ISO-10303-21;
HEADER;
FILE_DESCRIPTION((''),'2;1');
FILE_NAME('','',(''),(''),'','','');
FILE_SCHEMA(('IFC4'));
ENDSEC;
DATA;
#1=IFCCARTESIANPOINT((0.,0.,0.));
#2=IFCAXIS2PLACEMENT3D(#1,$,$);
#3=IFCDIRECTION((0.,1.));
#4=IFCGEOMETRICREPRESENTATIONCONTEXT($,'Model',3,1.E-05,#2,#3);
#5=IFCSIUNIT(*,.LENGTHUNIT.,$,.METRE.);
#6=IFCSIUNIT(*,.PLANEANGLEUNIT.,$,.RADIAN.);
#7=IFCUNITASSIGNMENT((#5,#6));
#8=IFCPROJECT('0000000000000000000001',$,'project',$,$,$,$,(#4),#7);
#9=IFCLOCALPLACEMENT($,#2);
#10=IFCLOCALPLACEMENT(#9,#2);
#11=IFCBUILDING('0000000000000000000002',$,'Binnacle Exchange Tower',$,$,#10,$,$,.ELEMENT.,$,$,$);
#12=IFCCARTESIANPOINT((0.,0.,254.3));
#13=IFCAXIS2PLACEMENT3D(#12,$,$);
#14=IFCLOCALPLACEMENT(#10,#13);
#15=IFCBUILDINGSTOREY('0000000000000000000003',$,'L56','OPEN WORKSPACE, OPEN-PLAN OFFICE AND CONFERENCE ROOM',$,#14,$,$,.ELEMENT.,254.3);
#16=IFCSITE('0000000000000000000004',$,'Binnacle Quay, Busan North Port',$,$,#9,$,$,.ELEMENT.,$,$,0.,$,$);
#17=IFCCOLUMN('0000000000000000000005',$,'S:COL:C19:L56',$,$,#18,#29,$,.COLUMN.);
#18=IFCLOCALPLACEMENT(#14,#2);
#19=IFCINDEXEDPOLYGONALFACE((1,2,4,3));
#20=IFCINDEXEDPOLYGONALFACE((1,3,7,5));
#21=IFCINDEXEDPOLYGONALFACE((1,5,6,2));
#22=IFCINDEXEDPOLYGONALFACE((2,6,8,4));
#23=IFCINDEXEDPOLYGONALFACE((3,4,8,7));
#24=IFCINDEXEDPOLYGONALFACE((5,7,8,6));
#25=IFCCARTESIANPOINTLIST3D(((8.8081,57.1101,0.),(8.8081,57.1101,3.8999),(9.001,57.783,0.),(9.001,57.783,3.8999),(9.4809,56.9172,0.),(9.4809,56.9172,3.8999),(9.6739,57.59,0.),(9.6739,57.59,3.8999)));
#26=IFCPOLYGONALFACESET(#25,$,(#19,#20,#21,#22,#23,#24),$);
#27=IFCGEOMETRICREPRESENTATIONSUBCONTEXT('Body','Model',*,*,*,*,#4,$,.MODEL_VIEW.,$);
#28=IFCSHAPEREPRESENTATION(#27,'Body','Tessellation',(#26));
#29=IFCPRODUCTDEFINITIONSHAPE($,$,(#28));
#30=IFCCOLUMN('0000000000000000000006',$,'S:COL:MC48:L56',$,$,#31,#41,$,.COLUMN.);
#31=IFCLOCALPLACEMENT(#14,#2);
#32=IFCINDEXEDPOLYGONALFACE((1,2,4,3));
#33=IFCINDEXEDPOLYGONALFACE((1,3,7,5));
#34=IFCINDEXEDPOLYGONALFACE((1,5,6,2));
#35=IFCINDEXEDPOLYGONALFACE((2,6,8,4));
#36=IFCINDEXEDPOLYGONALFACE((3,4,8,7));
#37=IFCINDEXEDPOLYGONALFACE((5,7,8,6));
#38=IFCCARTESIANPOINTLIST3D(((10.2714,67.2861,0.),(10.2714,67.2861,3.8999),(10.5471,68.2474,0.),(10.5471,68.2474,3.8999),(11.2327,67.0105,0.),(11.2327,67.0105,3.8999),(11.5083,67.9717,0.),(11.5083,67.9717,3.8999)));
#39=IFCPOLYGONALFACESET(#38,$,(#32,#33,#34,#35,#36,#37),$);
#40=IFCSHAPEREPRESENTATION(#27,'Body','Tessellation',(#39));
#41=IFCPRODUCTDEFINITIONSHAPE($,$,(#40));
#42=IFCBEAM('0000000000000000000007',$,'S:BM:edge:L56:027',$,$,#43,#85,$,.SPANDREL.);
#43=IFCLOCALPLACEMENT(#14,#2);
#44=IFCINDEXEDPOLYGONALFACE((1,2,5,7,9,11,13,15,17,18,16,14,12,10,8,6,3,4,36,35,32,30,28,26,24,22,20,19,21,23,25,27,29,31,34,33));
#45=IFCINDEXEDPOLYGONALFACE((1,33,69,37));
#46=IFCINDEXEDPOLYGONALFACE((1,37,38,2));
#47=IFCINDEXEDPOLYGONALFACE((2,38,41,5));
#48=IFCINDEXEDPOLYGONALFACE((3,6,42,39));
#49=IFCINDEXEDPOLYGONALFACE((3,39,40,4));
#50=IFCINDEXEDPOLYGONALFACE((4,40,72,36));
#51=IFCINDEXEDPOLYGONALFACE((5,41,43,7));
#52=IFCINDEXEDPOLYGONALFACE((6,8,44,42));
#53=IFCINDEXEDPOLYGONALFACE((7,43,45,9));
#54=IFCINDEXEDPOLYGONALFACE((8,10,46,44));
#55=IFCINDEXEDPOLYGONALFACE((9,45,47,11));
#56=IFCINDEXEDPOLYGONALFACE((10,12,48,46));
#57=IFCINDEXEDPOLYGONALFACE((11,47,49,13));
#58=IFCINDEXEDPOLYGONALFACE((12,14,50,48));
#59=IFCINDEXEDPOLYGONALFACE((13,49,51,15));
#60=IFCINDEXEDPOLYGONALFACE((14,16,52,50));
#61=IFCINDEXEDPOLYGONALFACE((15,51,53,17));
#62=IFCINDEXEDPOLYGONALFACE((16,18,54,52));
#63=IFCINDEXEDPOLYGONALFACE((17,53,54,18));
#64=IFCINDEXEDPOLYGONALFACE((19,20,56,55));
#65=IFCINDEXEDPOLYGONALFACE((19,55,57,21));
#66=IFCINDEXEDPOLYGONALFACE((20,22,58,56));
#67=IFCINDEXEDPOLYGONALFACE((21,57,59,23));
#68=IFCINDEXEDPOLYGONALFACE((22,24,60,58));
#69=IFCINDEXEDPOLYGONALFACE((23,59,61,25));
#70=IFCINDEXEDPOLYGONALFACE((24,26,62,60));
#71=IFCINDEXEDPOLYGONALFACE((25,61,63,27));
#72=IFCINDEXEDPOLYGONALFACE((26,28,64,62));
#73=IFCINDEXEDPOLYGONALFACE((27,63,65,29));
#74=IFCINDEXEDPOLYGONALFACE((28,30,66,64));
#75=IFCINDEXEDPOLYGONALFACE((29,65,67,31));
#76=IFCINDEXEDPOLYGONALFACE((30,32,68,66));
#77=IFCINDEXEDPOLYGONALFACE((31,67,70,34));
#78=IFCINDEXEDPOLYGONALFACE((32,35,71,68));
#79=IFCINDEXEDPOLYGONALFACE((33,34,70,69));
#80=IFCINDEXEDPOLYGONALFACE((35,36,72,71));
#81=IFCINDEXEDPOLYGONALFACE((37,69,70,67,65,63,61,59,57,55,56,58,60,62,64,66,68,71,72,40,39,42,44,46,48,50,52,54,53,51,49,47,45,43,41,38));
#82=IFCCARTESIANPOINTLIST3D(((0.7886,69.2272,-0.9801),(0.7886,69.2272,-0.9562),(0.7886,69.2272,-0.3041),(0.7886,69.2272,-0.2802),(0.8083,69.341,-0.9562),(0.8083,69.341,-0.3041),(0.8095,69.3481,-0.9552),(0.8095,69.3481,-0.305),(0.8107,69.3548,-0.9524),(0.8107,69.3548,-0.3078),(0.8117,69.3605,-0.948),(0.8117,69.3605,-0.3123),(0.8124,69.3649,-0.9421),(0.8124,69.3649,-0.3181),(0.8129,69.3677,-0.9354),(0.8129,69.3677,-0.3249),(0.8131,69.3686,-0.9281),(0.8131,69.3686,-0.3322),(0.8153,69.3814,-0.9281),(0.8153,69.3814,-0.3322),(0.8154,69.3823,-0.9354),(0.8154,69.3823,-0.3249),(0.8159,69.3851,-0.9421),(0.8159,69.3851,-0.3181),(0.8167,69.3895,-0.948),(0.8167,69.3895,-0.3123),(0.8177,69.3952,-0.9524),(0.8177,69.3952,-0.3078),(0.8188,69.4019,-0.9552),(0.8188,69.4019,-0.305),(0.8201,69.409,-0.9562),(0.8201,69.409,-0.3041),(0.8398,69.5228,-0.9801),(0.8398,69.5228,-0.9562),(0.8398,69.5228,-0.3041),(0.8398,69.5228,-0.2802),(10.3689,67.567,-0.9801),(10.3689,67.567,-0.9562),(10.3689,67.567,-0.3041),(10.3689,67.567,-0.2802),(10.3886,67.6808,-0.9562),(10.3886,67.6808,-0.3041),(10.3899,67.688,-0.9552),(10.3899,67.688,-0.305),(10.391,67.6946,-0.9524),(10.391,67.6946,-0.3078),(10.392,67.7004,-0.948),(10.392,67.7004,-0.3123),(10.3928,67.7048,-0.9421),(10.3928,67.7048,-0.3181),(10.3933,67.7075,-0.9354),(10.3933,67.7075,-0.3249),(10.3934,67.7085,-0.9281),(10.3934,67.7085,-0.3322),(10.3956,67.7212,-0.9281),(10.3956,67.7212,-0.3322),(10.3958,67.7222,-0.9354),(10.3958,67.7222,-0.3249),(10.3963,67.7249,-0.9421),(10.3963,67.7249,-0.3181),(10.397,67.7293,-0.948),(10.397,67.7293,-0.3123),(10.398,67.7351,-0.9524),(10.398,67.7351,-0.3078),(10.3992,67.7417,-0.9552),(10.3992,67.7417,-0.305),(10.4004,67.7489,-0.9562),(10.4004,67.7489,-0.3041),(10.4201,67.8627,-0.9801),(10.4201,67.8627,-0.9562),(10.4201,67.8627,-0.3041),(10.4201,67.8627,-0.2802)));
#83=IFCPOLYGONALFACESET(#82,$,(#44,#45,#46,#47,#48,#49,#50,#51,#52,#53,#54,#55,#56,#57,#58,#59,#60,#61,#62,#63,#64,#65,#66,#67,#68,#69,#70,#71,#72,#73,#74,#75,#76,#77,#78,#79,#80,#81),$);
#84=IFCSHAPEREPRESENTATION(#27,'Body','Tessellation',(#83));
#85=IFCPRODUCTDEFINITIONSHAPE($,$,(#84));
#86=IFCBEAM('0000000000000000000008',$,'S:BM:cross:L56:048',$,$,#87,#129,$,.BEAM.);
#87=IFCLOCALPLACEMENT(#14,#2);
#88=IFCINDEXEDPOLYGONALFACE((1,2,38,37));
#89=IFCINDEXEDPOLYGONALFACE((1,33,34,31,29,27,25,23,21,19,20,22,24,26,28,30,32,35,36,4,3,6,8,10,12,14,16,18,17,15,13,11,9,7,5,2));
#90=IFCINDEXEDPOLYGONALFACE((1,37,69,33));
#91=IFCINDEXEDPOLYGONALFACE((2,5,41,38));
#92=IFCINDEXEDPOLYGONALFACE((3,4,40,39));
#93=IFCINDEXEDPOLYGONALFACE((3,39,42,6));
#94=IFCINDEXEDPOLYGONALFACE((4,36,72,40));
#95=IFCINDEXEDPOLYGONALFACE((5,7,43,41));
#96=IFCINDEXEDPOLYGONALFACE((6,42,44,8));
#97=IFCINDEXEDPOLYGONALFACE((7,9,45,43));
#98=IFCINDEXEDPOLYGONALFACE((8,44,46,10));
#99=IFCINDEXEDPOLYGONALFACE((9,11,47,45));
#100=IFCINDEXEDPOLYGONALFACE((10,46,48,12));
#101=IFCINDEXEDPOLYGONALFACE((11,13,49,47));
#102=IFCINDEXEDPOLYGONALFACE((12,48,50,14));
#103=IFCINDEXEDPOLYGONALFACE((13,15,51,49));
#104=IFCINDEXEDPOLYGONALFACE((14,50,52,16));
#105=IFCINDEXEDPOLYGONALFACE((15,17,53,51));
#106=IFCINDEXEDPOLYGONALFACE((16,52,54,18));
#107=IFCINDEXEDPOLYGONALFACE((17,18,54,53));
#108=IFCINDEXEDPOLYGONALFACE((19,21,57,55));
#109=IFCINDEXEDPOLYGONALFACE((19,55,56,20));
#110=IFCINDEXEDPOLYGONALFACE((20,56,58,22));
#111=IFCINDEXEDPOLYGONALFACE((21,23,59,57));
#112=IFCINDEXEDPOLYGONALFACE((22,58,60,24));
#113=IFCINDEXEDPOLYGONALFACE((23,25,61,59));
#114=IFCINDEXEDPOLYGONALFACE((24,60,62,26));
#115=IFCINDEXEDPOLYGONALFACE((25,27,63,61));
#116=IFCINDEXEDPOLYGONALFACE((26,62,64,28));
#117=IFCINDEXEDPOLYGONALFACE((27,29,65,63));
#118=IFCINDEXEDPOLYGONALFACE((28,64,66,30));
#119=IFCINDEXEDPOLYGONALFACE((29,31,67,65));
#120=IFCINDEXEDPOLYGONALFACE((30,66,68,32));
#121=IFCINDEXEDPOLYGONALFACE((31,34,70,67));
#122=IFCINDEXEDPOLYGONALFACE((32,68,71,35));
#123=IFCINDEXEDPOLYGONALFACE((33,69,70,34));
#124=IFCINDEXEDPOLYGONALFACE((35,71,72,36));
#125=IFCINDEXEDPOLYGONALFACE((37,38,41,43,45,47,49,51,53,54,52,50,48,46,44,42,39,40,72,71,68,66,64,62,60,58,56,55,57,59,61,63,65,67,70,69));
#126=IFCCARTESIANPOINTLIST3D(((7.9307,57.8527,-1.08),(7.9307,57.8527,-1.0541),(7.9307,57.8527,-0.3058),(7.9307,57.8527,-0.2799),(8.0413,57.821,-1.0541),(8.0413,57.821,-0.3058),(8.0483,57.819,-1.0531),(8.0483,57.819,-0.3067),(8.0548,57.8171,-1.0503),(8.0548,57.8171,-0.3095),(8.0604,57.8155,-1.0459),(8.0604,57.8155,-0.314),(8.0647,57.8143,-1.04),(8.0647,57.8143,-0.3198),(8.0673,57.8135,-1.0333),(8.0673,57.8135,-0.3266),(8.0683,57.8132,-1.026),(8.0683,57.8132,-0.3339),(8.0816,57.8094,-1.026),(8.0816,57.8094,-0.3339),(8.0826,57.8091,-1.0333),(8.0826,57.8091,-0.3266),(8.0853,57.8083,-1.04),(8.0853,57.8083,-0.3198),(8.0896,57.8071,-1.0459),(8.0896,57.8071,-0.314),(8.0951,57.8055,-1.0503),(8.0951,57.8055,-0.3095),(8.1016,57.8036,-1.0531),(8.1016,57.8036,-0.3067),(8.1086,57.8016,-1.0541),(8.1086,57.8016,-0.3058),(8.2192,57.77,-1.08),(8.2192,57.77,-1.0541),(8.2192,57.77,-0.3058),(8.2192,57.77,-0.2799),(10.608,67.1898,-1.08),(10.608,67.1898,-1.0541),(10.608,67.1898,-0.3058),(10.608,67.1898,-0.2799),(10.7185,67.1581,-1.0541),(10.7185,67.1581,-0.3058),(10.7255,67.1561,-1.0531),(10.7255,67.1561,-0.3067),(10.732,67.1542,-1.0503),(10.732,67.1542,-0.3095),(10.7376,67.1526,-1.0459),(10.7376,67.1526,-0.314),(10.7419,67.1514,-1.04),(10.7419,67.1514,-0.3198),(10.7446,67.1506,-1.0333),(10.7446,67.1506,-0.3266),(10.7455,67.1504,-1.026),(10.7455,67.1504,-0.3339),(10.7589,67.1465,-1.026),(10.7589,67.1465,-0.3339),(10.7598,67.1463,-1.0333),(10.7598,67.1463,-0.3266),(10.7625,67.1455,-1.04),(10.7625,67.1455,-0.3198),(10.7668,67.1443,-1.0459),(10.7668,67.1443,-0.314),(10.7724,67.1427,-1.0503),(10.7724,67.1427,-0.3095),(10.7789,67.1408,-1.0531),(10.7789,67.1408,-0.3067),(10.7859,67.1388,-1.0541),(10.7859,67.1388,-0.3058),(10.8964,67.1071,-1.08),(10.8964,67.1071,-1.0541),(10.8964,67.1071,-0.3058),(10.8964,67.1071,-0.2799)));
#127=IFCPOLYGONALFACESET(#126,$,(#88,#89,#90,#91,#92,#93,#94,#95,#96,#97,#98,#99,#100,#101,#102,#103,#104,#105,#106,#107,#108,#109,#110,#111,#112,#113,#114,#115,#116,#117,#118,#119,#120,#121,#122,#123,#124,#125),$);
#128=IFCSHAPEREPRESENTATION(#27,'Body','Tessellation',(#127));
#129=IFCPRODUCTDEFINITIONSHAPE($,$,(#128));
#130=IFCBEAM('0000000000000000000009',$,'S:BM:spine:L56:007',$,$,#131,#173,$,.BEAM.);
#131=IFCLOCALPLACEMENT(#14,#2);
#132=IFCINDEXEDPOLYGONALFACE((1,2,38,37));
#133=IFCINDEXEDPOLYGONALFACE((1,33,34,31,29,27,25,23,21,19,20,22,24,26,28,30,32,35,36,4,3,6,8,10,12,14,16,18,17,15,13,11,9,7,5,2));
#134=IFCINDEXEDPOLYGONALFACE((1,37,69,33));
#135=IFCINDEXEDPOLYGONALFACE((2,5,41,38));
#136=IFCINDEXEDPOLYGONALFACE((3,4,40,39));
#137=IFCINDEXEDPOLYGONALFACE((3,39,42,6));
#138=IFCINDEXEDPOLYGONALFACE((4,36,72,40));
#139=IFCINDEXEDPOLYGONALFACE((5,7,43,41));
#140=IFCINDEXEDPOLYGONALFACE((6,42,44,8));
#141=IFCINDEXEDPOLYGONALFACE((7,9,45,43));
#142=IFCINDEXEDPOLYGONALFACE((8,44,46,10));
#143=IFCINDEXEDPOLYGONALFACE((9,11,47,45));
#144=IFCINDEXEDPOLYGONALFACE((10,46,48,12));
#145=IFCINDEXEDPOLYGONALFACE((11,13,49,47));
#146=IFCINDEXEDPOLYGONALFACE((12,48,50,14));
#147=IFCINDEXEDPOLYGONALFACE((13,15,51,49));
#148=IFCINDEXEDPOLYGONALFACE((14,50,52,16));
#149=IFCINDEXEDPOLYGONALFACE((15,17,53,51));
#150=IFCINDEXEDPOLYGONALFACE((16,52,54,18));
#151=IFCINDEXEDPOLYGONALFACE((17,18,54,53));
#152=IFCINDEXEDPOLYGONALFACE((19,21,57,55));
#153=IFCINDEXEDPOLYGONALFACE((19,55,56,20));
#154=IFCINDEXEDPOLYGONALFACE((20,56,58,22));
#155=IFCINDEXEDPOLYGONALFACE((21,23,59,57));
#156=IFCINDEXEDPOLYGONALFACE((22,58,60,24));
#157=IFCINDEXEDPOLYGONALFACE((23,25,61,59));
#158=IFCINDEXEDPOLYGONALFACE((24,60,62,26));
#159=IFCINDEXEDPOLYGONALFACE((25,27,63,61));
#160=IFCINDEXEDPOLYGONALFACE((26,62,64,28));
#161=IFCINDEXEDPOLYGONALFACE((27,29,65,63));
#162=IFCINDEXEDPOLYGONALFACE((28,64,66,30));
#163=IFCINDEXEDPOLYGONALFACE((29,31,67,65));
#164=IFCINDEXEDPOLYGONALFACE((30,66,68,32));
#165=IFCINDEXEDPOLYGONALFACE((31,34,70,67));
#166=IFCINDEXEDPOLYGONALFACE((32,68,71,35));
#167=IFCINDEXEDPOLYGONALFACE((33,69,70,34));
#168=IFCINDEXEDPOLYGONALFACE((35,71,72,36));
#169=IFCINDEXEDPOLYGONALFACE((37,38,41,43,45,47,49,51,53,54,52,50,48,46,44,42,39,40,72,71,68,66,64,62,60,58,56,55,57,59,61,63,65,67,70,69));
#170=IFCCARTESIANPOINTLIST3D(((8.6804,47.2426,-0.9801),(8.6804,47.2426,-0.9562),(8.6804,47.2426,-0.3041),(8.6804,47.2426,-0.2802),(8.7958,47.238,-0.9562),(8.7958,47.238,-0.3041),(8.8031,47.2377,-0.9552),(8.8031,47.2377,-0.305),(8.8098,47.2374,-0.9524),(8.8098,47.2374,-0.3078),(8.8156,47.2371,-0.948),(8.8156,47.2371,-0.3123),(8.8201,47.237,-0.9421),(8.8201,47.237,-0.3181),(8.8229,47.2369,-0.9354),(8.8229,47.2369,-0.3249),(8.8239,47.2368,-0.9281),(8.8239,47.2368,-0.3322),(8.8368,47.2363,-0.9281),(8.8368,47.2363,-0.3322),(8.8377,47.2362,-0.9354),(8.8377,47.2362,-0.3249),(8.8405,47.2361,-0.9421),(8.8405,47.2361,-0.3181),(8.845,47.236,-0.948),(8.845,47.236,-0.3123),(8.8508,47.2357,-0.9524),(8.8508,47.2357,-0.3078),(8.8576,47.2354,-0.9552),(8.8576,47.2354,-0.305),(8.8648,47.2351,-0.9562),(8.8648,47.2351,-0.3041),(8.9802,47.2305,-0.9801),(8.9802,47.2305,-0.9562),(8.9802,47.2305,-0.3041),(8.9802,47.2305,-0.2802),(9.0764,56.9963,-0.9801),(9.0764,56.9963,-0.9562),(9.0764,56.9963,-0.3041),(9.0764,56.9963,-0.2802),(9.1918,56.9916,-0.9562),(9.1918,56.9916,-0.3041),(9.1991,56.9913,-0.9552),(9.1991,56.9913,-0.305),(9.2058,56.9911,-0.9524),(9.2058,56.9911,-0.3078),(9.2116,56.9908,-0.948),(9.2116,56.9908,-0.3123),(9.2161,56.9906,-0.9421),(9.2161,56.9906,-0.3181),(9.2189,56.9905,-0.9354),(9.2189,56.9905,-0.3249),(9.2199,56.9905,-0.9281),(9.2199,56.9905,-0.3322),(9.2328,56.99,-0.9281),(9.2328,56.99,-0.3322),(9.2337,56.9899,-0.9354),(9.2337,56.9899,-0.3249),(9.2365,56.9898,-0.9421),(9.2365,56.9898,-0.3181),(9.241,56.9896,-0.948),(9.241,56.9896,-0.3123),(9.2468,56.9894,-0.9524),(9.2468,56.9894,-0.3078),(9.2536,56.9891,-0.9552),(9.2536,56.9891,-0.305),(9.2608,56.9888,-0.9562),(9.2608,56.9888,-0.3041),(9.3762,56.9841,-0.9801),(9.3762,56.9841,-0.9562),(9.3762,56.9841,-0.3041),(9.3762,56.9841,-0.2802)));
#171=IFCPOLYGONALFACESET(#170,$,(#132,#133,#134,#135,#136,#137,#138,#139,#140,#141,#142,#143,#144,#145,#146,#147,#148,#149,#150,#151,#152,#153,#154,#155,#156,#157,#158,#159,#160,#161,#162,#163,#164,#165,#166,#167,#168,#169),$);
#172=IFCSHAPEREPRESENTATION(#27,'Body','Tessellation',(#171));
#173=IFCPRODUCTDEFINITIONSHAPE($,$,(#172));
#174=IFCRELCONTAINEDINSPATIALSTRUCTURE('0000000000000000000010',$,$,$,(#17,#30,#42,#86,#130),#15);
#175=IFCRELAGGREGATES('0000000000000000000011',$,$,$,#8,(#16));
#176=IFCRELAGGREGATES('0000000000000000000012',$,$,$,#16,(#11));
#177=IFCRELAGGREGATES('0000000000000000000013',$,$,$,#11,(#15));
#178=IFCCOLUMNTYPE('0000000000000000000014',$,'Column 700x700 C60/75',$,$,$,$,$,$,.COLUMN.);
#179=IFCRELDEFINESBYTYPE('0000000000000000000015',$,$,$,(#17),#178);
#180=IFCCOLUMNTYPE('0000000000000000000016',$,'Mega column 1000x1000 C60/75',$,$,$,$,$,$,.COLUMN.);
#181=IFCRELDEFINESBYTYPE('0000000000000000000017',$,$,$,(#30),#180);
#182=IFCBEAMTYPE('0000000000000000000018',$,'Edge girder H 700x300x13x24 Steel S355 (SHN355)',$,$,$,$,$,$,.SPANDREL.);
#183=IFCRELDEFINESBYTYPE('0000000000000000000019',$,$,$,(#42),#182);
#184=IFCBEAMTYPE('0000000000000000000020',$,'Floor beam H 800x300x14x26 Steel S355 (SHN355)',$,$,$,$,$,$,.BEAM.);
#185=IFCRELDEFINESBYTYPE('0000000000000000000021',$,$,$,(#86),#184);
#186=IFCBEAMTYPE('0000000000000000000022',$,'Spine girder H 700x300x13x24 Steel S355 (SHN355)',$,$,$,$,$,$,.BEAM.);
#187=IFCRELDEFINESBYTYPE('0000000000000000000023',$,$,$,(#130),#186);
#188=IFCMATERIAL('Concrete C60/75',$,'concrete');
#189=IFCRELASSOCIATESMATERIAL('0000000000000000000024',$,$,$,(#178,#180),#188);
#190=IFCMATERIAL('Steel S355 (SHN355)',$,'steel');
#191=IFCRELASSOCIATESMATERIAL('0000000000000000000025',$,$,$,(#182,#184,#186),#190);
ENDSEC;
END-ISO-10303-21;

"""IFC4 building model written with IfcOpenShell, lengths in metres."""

from ifc_helpers import new_model, si_unit, direction, frame, origin, origin_2d, place, context, subcontext, project, spatial, rectangle, i_section, extrude, material, material_profile, profile_set, type_object, element, save


model = new_model("IFC4")

# Units and contexts
model_context = context("Model", 3, precision=1e-05, world=origin(), true_north=direction((0.0, 1.0)))
body_context = subcontext(model_context, "Body", "Model", "MODEL_VIEW")
ifc_project = project(units=[si_unit("LENGTHUNIT", "METRE"), si_unit("PLANEANGLEUNIT", "RADIAN")], contexts=[model_context])

# Site, building, storey
site_placement = place(None, origin())
site = spatial("IfcSite", under=ifc_project, at=site_placement, Name="Binnacle Quay, Busan North Port", CompositionType="ELEMENT", RefElevation=0.0)
building_placement = place(site_placement, origin())
building = spatial("IfcBuilding", under=site, at=building_placement, Name="Binnacle Exchange Tower", CompositionType="ELEMENT")
storey_placement = place(building_placement, frame((0.0, 0.0, 254.3)))
storey = spatial("IfcBuildingStorey", under=building, at=storey_placement, Name="L56", Description="OPEN WORKSPACE, OPEN-PLAN OFFICE AND CONFERENCE ROOM", CompositionType="ELEMENT", Elevation=254.3)

# Columns
ifc_material_1 = material(Name="Concrete C60/75", Category="concrete")
ifc_material_profile_1 = material_profile(ifc_material_1, rectangle(XDim=0.7, YDim=0.7, at=origin_2d()), Name="Column 700x700 C60/75")
ifc_profile_set_1 = profile_set([ifc_material_profile_1], Name="Concrete C60/75")
column_type_1 = type_object("IfcColumnType", Name="Column 700x700 C60/75", PredefinedType="COLUMN", material=ifc_profile_set_1)
column_1_placement = place(storey_placement, frame((9.241, 57.3501, 0.0), z_axis=(0.0, 0.0, 1.0), x_axis=(0.961262, -0.275637, 0.0)))
element("IfcColumn", 1, at=column_1_placement, inside=storey, type_object=column_type_1, Name="S:COL:C19:L56", PredefinedType="COLUMN", context=body_context, shape_type="SweptSolid", body=[
    extrude(rectangle(XDim=0.7, YDim=0.7, at=origin_2d()), origin(), (0.0, 0.0, 1.0), 3.8999),
])
ifc_material_profile_2 = material_profile(ifc_material_1, rectangle(XDim=1.0, YDim=1.0, at=origin_2d()), Name="Mega column 1000x1000 C60/75")
ifc_profile_set_2 = profile_set([ifc_material_profile_2], Name="Concrete C60/75")
column_type_2 = type_object("IfcColumnType", Name="Mega column 1000x1000 C60/75", PredefinedType="COLUMN", material=ifc_profile_set_2)
column_2_placement = place(storey_placement, frame((10.8899, 67.6289, 0.0), z_axis=(0.0, 0.0, 1.0), x_axis=(-0.961262, 0.275637, 0.0)))
element("IfcColumn", 2, at=column_2_placement, inside=storey, type_object=column_type_2, Name="S:COL:MC48:L56", PredefinedType="COLUMN", context=body_context, shape_type="SweptSolid", body=[
    extrude(rectangle(XDim=1.0, YDim=1.0, at=origin_2d()), origin(), (0.0, 0.0, 1.0), 3.8999),
])

# Beams
ifc_material_2 = material(Name="Steel S355 (SHN355)", Category="steel")
ifc_material_profile_3 = material_profile(ifc_material_2, i_section(OverallWidth=0.3, OverallDepth=0.7, WebThickness=0.0129, FlangeThickness=0.0239, FilletRadius=0.0281, at=origin_2d()), Name="H 700x300x13x24")
ifc_profile_set_3 = profile_set([ifc_material_profile_3], Name="Steel S355 (SHN355)")
beam_type_1 = type_object("IfcBeamType", Name="Edge girder H 700x300x13x24 Steel S355 (SHN355)", PredefinedType="SPANDREL", material=ifc_profile_set_3)
beam_1_placement = place(storey_placement, frame((10.3945, 67.7148, -0.6301), z_axis=(-0.985316, 0.170743, 0.0), x_axis=(-0.170743, -0.985316, 0.0)))
element("IfcBeam", 3, at=beam_1_placement, inside=storey, type_object=beam_type_1, Name="S:BM:edge:L56:027", PredefinedType="SPANDREL", context=body_context, shape_type="SweptSolid", body=[
    extrude(i_section(OverallWidth=0.3, OverallDepth=0.7, WebThickness=0.0129, FlangeThickness=0.0239, FilletRadius=0.0281, at=origin_2d()), origin(), (0.0, 0.0, 1.0), 9.7231),
])
ifc_material_profile_4 = material_profile(ifc_material_2, i_section(OverallWidth=0.3, OverallDepth=0.8, WebThickness=0.0139, FlangeThickness=0.0259, FilletRadius=0.0281, at=origin_2d()), Name="H 800x300x14x26")
ifc_profile_set_4 = profile_set([ifc_material_profile_4], Name="Steel S355 (SHN355)")
beam_type_2 = type_object("IfcBeamType", Name="Floor beam H 800x300x14x26 Steel S355 (SHN355)", PredefinedType="BEAM", material=ifc_profile_set_4)
beam_2_placement = place(storey_placement, frame((10.7522, 67.1484, -0.6799), z_axis=(-0.275624, -0.961266, 0.0), x_axis=(0.961266, -0.275624, 0.0)))
element("IfcBeam", 4, at=beam_2_placement, inside=storey, type_object=beam_type_2, Name="S:BM:cross:L56:048", PredefinedType="BEAM", context=body_context, shape_type="SweptSolid", body=[
    extrude(i_section(OverallWidth=0.3, OverallDepth=0.8, WebThickness=0.0139, FlangeThickness=0.0259, FilletRadius=0.0281, at=origin_2d()), origin(), (0.0, 0.0, 1.0), 9.7134),
])
ifc_material_profile_5 = material_profile(ifc_material_2, i_section(OverallWidth=0.3, OverallDepth=0.7, WebThickness=0.0129, FlangeThickness=0.0239, FilletRadius=0.0281, at=origin_2d()), Name="H 700x300x13x24")
ifc_profile_set_5 = profile_set([ifc_material_profile_5], Name="Steel S355 (SHN355)")
beam_type_3 = type_object("IfcBeamType", Name="Spine girder H 700x300x13x24 Steel S355 (SHN355)", PredefinedType="BEAM", material=ifc_profile_set_5)
beam_3_placement = place(storey_placement, frame((9.2263, 56.9902, -0.6301), z_axis=(-0.040566, -0.999177, 0.0), x_axis=(0.999177, -0.040566, 0.0)))
element("IfcBeam", 5, at=beam_3_placement, inside=storey, type_object=beam_type_3, Name="S:BM:spine:L56:007", PredefinedType="BEAM", context=body_context, shape_type="SweptSolid", body=[
    extrude(i_section(OverallWidth=0.3, OverallDepth=0.7, WebThickness=0.0129, FlangeThickness=0.0239, FilletRadius=0.0281, at=origin_2d()), origin(), (0.0, 0.0, 1.0), 9.7617),
])

save(model, "model.ifc")
